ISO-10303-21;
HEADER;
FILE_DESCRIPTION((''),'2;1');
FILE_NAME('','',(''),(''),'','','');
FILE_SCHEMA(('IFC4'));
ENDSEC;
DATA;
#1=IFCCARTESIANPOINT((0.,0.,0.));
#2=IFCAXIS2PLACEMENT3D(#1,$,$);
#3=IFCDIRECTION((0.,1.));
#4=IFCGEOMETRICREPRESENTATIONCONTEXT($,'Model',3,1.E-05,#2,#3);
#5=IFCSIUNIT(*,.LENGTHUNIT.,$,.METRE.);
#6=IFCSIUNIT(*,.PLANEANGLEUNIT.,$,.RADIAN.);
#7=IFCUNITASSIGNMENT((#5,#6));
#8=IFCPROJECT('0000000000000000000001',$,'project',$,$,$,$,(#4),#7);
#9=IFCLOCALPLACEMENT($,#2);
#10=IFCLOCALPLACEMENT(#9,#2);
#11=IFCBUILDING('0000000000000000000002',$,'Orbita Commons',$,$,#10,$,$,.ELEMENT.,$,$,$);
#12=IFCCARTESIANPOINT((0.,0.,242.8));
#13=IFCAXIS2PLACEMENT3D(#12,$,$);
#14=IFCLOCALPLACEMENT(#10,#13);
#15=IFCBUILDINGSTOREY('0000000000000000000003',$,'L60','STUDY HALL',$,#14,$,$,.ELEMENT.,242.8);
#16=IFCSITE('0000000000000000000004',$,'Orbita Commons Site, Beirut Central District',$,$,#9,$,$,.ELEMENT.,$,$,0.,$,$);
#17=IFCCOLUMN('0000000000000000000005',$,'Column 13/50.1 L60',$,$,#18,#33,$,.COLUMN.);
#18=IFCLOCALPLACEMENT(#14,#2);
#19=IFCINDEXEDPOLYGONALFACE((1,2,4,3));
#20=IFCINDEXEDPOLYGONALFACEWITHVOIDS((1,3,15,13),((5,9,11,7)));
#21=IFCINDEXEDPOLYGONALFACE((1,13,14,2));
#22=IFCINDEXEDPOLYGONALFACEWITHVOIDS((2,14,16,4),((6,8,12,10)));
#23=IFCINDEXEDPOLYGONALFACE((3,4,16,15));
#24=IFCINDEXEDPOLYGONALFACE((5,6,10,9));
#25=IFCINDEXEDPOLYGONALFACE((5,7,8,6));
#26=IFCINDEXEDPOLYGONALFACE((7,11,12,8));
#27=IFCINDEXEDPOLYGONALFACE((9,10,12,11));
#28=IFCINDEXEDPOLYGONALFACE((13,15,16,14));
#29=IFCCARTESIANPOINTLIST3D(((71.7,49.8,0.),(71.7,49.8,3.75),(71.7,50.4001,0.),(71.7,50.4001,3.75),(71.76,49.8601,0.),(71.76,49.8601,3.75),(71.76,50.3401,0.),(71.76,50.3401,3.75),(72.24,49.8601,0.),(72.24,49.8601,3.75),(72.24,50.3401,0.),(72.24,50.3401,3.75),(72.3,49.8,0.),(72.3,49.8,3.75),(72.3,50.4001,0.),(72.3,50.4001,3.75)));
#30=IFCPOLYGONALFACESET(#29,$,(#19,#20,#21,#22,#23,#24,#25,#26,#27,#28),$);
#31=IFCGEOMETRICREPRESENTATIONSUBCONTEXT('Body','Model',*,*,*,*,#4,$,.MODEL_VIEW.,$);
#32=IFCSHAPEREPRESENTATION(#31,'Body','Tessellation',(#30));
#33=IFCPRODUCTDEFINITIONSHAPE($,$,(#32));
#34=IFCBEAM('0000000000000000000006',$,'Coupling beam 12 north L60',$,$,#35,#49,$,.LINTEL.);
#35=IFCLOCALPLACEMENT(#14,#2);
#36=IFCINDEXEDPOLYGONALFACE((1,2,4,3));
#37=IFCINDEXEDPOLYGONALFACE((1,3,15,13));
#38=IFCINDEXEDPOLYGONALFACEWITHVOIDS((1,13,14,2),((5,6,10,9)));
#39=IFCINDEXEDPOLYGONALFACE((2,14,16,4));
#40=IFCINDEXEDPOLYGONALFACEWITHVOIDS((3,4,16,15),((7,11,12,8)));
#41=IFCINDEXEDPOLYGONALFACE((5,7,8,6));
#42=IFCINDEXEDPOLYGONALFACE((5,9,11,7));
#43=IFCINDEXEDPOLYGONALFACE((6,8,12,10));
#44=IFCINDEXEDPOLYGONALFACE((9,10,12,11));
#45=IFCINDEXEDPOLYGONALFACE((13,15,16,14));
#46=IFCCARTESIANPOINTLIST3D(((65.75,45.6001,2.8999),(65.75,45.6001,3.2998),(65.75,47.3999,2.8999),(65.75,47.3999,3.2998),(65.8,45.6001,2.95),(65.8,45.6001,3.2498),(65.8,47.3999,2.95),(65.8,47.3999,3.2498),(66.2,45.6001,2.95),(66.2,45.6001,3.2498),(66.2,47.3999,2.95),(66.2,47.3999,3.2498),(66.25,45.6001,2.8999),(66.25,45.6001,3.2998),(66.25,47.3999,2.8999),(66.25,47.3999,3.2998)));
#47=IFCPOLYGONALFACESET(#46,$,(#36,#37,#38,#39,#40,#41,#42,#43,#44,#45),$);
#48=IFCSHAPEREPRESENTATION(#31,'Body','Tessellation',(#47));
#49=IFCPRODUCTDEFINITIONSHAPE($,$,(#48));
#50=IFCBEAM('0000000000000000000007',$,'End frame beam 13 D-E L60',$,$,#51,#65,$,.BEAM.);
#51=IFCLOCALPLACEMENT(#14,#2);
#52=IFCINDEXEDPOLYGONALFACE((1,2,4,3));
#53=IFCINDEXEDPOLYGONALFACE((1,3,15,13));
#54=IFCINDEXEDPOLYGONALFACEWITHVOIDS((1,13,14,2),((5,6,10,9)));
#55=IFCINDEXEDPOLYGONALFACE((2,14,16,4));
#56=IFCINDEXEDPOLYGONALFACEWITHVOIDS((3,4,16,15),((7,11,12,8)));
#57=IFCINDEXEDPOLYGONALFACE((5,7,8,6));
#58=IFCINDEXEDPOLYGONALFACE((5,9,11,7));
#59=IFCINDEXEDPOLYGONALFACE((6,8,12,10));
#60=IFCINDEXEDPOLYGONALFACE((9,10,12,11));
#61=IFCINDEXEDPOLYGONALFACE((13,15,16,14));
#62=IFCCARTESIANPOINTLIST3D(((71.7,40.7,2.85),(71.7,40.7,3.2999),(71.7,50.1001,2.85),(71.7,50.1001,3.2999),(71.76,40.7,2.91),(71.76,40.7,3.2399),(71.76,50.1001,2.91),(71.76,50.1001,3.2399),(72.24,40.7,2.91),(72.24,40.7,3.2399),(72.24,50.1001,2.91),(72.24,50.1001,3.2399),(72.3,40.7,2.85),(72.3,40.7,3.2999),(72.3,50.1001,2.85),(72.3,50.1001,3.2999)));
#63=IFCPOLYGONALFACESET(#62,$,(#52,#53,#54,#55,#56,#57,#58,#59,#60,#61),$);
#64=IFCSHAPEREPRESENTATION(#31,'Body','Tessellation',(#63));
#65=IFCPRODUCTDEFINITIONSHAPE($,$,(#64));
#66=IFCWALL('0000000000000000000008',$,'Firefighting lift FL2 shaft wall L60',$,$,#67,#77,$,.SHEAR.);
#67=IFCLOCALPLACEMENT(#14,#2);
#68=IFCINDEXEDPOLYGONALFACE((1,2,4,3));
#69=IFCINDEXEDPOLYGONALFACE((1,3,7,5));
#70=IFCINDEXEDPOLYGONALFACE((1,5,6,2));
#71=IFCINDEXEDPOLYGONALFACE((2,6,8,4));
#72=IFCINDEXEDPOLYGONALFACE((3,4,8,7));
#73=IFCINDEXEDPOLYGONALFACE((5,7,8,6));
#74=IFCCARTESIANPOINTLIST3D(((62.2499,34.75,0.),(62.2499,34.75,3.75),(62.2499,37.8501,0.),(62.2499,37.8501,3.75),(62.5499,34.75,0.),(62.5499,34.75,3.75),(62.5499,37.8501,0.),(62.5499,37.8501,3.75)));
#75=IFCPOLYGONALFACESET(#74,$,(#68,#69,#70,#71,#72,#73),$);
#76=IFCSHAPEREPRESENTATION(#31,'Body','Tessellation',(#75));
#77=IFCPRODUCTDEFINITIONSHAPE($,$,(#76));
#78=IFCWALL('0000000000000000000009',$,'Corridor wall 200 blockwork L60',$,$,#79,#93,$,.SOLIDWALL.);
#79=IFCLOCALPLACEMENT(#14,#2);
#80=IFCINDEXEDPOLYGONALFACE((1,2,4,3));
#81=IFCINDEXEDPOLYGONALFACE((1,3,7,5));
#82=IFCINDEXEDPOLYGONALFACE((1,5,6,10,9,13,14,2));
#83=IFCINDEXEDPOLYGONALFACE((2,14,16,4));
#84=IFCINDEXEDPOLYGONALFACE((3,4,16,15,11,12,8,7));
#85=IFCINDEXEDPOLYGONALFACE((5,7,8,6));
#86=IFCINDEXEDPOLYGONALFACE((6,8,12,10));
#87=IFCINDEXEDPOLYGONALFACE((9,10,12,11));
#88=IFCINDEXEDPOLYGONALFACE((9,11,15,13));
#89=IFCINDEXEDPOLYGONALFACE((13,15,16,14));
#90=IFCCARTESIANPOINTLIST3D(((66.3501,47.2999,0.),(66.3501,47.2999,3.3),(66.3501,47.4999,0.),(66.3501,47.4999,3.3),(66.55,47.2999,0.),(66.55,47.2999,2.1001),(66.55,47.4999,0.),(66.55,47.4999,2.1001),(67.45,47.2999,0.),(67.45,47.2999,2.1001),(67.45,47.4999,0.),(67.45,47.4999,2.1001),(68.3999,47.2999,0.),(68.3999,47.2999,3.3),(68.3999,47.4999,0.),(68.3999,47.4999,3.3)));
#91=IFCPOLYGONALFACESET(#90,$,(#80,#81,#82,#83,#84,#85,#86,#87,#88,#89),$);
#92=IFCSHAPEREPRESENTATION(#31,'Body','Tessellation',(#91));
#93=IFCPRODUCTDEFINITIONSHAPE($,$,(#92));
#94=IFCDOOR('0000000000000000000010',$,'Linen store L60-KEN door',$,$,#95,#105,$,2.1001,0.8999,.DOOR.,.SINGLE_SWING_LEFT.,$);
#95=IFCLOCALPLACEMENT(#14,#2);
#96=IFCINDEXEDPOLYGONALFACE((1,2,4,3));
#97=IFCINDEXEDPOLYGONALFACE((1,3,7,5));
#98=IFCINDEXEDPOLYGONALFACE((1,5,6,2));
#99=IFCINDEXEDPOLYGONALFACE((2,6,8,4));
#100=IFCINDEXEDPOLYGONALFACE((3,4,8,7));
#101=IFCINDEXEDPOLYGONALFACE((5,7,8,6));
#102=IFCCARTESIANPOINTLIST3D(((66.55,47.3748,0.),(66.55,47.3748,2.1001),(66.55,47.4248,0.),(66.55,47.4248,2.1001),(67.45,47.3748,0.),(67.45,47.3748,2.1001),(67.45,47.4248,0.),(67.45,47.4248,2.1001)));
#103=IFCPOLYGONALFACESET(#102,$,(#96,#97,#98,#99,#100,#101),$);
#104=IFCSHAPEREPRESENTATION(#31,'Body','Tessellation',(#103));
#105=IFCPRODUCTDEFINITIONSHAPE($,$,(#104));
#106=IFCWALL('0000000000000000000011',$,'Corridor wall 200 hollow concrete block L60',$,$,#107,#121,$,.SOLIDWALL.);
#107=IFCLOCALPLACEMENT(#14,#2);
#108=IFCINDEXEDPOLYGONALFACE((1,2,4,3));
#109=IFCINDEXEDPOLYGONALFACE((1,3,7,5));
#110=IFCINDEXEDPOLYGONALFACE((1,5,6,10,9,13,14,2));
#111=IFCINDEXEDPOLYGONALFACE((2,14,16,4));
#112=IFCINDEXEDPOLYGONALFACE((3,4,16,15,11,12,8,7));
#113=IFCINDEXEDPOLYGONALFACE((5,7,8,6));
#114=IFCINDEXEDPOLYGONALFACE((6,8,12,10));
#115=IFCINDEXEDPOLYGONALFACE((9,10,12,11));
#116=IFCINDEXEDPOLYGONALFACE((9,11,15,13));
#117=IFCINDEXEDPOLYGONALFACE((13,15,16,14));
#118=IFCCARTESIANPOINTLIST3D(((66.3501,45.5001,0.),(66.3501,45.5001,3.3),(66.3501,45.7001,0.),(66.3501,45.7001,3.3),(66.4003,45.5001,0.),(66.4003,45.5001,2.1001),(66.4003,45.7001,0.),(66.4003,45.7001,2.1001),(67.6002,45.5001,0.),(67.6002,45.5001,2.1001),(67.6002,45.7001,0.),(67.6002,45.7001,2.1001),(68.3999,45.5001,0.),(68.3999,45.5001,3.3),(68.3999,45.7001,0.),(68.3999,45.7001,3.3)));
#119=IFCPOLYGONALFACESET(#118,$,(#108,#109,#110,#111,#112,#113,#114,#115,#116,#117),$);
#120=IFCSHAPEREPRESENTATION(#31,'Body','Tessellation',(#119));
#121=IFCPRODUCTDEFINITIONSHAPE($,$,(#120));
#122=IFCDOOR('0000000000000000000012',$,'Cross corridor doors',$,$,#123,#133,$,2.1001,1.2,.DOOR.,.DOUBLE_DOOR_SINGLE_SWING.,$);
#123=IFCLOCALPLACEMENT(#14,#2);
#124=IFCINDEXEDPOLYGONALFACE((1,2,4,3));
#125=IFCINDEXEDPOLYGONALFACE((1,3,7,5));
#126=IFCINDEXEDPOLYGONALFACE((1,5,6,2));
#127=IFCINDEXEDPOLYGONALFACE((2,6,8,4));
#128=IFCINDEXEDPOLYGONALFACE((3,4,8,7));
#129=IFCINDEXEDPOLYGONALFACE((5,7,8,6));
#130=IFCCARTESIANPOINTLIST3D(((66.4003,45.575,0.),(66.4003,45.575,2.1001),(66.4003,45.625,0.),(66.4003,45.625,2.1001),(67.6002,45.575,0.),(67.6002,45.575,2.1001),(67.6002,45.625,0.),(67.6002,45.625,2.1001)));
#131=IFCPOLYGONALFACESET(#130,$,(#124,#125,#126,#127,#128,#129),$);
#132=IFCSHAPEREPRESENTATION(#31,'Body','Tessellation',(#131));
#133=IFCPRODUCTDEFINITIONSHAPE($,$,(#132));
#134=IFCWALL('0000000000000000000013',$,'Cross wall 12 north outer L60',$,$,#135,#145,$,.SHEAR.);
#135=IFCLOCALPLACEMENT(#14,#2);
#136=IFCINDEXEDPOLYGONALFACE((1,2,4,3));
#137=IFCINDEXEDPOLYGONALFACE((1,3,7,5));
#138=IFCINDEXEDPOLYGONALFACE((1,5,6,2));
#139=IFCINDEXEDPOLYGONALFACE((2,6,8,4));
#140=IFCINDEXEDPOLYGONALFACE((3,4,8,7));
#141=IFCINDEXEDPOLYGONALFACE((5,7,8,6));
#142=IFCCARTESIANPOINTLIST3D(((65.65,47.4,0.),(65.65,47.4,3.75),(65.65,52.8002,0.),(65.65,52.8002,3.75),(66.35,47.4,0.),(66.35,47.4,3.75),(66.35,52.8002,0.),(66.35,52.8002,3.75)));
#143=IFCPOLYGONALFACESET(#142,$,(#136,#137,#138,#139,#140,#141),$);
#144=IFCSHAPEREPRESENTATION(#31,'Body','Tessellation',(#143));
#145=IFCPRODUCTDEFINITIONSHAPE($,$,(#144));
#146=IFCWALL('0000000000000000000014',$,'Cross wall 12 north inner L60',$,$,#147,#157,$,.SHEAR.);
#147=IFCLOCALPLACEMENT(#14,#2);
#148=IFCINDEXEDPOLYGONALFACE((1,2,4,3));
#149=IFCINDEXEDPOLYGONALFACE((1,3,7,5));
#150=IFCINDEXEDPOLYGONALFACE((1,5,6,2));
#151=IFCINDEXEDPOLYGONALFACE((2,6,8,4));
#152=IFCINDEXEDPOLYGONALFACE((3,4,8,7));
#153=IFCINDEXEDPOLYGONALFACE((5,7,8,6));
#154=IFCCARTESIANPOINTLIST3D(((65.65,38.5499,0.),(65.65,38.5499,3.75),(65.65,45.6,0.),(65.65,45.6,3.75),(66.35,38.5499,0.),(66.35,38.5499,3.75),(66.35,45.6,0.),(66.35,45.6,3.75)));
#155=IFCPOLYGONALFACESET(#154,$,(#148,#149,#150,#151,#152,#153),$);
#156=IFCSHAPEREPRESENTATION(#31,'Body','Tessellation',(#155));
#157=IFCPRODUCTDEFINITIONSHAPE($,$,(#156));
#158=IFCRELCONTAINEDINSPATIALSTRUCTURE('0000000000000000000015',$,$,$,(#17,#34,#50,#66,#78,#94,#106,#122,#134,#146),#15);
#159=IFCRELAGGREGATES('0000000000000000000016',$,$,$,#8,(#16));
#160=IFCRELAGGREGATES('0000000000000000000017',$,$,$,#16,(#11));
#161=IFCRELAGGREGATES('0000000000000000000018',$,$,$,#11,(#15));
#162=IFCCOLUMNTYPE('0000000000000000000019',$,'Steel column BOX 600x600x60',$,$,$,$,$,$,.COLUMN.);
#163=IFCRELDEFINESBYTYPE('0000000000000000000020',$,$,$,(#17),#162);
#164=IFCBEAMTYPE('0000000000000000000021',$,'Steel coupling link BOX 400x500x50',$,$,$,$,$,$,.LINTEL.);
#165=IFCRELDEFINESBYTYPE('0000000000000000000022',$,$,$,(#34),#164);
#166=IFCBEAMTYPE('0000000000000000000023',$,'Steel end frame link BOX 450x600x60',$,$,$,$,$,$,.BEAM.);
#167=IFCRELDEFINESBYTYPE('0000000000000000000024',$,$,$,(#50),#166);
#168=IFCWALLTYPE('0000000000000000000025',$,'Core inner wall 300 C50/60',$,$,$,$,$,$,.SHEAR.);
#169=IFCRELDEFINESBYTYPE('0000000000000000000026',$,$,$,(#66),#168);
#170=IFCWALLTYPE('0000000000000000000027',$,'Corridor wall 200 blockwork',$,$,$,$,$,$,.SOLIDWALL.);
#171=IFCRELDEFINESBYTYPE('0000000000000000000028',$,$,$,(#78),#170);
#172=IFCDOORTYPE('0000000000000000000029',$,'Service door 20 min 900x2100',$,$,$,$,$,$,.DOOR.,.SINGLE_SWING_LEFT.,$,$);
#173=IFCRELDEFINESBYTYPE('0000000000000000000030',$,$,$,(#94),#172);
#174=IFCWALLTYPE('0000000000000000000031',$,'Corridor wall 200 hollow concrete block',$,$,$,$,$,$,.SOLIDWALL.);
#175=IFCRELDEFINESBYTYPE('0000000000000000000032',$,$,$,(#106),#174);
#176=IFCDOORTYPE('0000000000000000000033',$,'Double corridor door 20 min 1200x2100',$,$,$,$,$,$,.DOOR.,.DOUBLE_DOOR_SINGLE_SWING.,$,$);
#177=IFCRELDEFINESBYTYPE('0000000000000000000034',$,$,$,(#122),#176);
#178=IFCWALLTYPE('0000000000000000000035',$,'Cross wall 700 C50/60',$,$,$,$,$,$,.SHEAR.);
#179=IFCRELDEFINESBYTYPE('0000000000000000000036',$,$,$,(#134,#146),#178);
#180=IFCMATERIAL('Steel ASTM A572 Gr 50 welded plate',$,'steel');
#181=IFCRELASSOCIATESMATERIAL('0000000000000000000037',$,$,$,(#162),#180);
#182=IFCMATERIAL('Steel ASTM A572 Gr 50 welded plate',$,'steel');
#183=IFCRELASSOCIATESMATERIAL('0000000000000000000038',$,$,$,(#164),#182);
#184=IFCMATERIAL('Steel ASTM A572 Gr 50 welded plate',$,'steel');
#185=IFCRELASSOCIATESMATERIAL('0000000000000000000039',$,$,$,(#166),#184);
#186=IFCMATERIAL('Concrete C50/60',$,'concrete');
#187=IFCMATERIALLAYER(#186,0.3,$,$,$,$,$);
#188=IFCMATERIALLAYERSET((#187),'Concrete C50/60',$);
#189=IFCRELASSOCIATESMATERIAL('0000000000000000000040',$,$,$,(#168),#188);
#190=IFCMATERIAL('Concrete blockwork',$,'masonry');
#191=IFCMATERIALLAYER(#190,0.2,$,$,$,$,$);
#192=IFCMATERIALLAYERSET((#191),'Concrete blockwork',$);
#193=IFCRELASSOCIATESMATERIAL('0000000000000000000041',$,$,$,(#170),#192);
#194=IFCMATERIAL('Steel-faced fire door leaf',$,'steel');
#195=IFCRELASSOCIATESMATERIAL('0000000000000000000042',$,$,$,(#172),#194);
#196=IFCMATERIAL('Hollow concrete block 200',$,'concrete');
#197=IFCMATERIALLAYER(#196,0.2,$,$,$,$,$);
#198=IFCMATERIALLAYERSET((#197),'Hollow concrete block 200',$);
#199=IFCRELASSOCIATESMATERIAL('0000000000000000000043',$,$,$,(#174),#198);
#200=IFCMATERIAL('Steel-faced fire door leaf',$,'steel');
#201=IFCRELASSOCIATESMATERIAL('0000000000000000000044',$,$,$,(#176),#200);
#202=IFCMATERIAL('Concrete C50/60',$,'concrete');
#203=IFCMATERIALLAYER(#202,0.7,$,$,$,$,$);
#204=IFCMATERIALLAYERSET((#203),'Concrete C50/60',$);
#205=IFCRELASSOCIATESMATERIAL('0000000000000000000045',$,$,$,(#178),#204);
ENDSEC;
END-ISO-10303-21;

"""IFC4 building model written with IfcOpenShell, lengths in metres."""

from ifc_helpers import new_model, si_unit, direction, frame, frame_2d, origin, origin_2d, place, context, subcontext, project, spatial, rectangle, hollow_rectangle, extrude, material, layer, layer_set, material_profile, profile_set, type_object, element, fill, save


model = new_model("IFC4")

# Units and contexts
model_context = context("Model", 3, precision=1e-05, world=origin(), true_north=direction((0.0, 1.0)))
body_context = subcontext(model_context, "Body", "Model", "MODEL_VIEW")
ifc_project = project(units=[si_unit("LENGTHUNIT", "METRE"), si_unit("PLANEANGLEUNIT", "RADIAN")], contexts=[model_context])

# Site, building, storey
site_placement = place(None, origin())
site = spatial("IfcSite", under=ifc_project, at=site_placement, Name="Orbita Commons Site, Beirut Central District", CompositionType="ELEMENT", RefElevation=0.0)
building_placement = place(site_placement, origin())
building = spatial("IfcBuilding", under=site, at=building_placement, Name="Orbita Commons", CompositionType="ELEMENT")
storey_placement = place(building_placement, frame((0.0, 0.0, 242.8)))
storey = spatial("IfcBuildingStorey", under=building, at=storey_placement, Name="L60", Description="STUDY HALL", CompositionType="ELEMENT", Elevation=242.8)

# Column
ifc_material_1 = material(Name="Steel ASTM A572 Gr 50 welded plate", Category="steel")
ifc_material_profile_1 = material_profile(ifc_material_1, hollow_rectangle(XDim=0.6001, YDim=0.6001, WallThickness=0.0601, at=origin_2d()), Name="BOX 600x600x60")
ifc_profile_set_1 = profile_set([ifc_material_profile_1], Name="Steel ASTM A572 Gr 50 welded plate")
column_type = type_object("IfcColumnType", Name="Steel column BOX 600x600x60", PredefinedType="COLUMN", material=ifc_profile_set_1)
column_placement = place(storey_placement, frame((72.0, 50.1001, 0.0), z_axis=(0.0, 0.0, 1.0), x_axis=(1.0, 0.0, 0.0)))
element("IfcColumn", 1, at=column_placement, inside=storey, type_object=column_type, Name="Column 13/50.1 L60", PredefinedType="COLUMN", context=body_context, shape_type="SweptSolid", body=[
    extrude(hollow_rectangle(XDim=0.6001, YDim=0.6001, WallThickness=0.0601, at=origin_2d()), origin(), (0.0, 0.0, 1.0), 3.75),
])

# Beams
ifc_material_2 = material(Name="Steel ASTM A572 Gr 50 welded plate", Category="steel")
ifc_material_profile_2 = material_profile(ifc_material_2, hollow_rectangle(XDim=0.5, YDim=0.3999, WallThickness=0.05, at=origin_2d()), Name="BOX 400x500x50")
ifc_profile_set_2 = profile_set([ifc_material_profile_2], Name="Steel ASTM A572 Gr 50 welded plate")
beam_type_1 = type_object("IfcBeamType", Name="Steel coupling link BOX 400x500x50", PredefinedType="LINTEL", material=ifc_profile_set_2)
beam_1_placement = place(storey_placement, frame((66.0, 45.6001, 3.0999), z_axis=(0.0, 1.0, 0.0), x_axis=(-1.0, 0.0, 0.0)))
element("IfcBeam", 2, at=beam_1_placement, inside=storey, type_object=beam_type_1, Name="Coupling beam 12 north L60", PredefinedType="LINTEL", context=body_context, shape_type="SweptSolid", body=[
    extrude(hollow_rectangle(XDim=0.5, YDim=0.3999, WallThickness=0.05, at=origin_2d()), origin(), (0.0, 0.0, 1.0), 1.7998),
])
ifc_material_3 = material(Name="Steel ASTM A572 Gr 50 welded plate", Category="steel")
ifc_material_profile_3 = material_profile(ifc_material_3, hollow_rectangle(XDim=0.6001, YDim=0.45, WallThickness=0.0601, at=origin_2d()), Name="BOX 450x600x60")
ifc_profile_set_3 = profile_set([ifc_material_profile_3], Name="Steel ASTM A572 Gr 50 welded plate")
beam_type_2 = type_object("IfcBeamType", Name="Steel end frame link BOX 450x600x60", PredefinedType="BEAM", material=ifc_profile_set_3)
beam_2_placement = place(storey_placement, frame((72.0, 40.7, 3.075), z_axis=(0.0, 1.0, 0.0), x_axis=(-1.0, 0.0, 0.0)))
element("IfcBeam", 3, at=beam_2_placement, inside=storey, type_object=beam_type_2, Name="End frame beam 13 D-E L60", PredefinedType="BEAM", context=body_context, shape_type="SweptSolid", body=[
    extrude(hollow_rectangle(XDim=0.6001, YDim=0.45, WallThickness=0.0601, at=origin_2d()), origin(), (0.0, 0.0, 1.0), 9.4001),
])

# Wall
ifc_material_4 = material(Name="Concrete C50/60", Category="concrete")
ifc_layer_1 = layer(ifc_material_4, 0.3)
ifc_layer_set_1 = layer_set([ifc_layer_1], Name="Concrete C50/60")
wall_type_1 = type_object("IfcWallType", Name="Core inner wall 300 C50/60", PredefinedType="SHEAR", material=ifc_layer_set_1)
wall_1_placement = place(storey_placement, frame((62.3999, 34.75, 0.0), z_axis=(0.0, 0.0, 1.0), x_axis=(0.0, 1.0, 0.0)))
element("IfcWall", 4, at=wall_1_placement, inside=storey, type_object=wall_type_1, Name="Firefighting lift FL2 shaft wall L60", PredefinedType="SHEAR", context=body_context, shape_type="SweptSolid", body=[
    extrude(rectangle(XDim=3.1001, YDim=0.3, at=frame_2d((1.55, 0.0))), origin(), (0.0, 0.0, 1.0), 3.75),
])

# Walls, openings, doors
ifc_material_5 = material(Name="Concrete blockwork", Category="masonry")
ifc_layer_2 = layer(ifc_material_5, 0.2)
ifc_layer_set_2 = layer_set([ifc_layer_2], Name="Concrete blockwork")
wall_type_2 = type_object("IfcWallType", Name="Corridor wall 200 blockwork", PredefinedType="SOLIDWALL", material=ifc_layer_set_2)
wall_2_placement = place(storey_placement, frame((66.3501, 47.3999, 0.0), z_axis=(0.0, 0.0, 1.0), x_axis=(1.0, 0.0, 0.0)))
wall_2 = element("IfcWall", 5, at=wall_2_placement, inside=storey, type_object=wall_type_2, Name="Corridor wall 200 blockwork L60", PredefinedType="SOLIDWALL", context=body_context, shape_type="SweptSolid", body=[
    extrude(rectangle(XDim=2.0498, YDim=0.2, at=frame_2d((1.0249, 0.0))), origin(), (0.0, 0.0, 1.0), 3.3),
])
opening_1_placement = place(wall_2_placement, frame((0.2, 0.0, 0.0)))
opening_1 = element("IfcOpeningElement", 6, at=opening_1_placement, cuts=wall_2, PredefinedType="OPENING", context=body_context, shape_type="SweptSolid", body=[
    extrude(rectangle(XDim=0.8999, YDim=2.1001, at=frame_2d((0.45, 1.05))), frame((0.0, 0.1099, 0.0), z_axis=(0.0, -1.0, 0.0), x_axis=(1.0, 0.0, 0.0)), (0.0, 0.0, 1.0), 0.22),
])
ifc_material_6 = material(Name="Steel-faced fire door leaf", Category="steel")
door_type_1 = type_object("IfcDoorType", Name="Service door 20 min 900x2100", OperationType="SINGLE_SWING_LEFT", PredefinedType="DOOR", material=ifc_material_6)
door_1_placement = place(opening_1_placement, origin())
door_1 = element("IfcDoor", 7, at=door_1_placement, inside=storey, type_object=door_type_1, Name="Linen store L60-KEN door", OperationType="SINGLE_SWING_LEFT", OverallHeight=2.1001, OverallWidth=0.8999, PredefinedType="DOOR", context=body_context, shape_type="SweptSolid", body=[
    extrude(rectangle(XDim=0.8999, YDim=2.1001, at=frame_2d((0.45, 1.05))), frame((0.0, 0.0249, 0.0), z_axis=(0.0, -1.0, 0.0), x_axis=(1.0, 0.0, 0.0)), (0.0, 0.0, 1.0), 0.05),
])
fill(opening_1, door_1)
ifc_material_7 = material(Name="Hollow concrete block 200", Category="concrete")
ifc_layer_3 = layer(ifc_material_7, 0.2)
ifc_layer_set_3 = layer_set([ifc_layer_3], Name="Hollow concrete block 200")
wall_type_3 = type_object("IfcWallType", Name="Corridor wall 200 hollow concrete block", PredefinedType="SOLIDWALL", material=ifc_layer_set_3)
wall_3_placement = place(storey_placement, frame((66.3501, 45.6001, 0.0), z_axis=(0.0, 0.0, 1.0), x_axis=(1.0, 0.0, 0.0)))
wall_3 = element("IfcWall", 8, at=wall_3_placement, inside=storey, type_object=wall_type_3, Name="Corridor wall 200 hollow concrete block L60", PredefinedType="SOLIDWALL", context=body_context, shape_type="SweptSolid", body=[
    extrude(rectangle(XDim=2.0498, YDim=0.2, at=frame_2d((1.0249, 0.0))), origin(), (0.0, 0.0, 1.0), 3.3),
])
opening_2_placement = place(wall_3_placement, frame((0.05, 0.0, 0.0)))
opening_2 = element("IfcOpeningElement", 9, at=opening_2_placement, cuts=wall_3, PredefinedType="OPENING", context=body_context, shape_type="SweptSolid", body=[
    extrude(rectangle(XDim=1.2, YDim=2.1001, at=frame_2d((0.6001, 1.05))), frame((0.0, 0.1099, 0.0), z_axis=(0.0, -1.0, 0.0), x_axis=(1.0, 0.0, 0.0)), (0.0, 0.0, 1.0), 0.22),
])
ifc_material_8 = material(Name="Steel-faced fire door leaf", Category="steel")
door_type_2 = type_object("IfcDoorType", Name="Double corridor door 20 min 1200x2100", OperationType="DOUBLE_DOOR_SINGLE_SWING", PredefinedType="DOOR", material=ifc_material_8)
door_2_placement = place(opening_2_placement, origin())
door_2 = element("IfcDoor", 10, at=door_2_placement, inside=storey, type_object=door_type_2, Name="Cross corridor doors", OperationType="DOUBLE_DOOR_SINGLE_SWING", OverallHeight=2.1001, OverallWidth=1.2, PredefinedType="DOOR", context=body_context, shape_type="SweptSolid", body=[
    extrude(rectangle(XDim=1.2, YDim=2.1001, at=frame_2d((0.6001, 1.05))), frame((0.0, 0.0249, 0.0), z_axis=(0.0, -1.0, 0.0), x_axis=(1.0, 0.0, 0.0)), (0.0, 0.0, 1.0), 0.05),
])
fill(opening_2, door_2)

# Walls
ifc_material_9 = material(Name="Concrete C50/60", Category="concrete")
ifc_layer_4 = layer(ifc_material_9, 0.7)
ifc_layer_set_4 = layer_set([ifc_layer_4], Name="Concrete C50/60")
wall_type_4 = type_object("IfcWallType", Name="Cross wall 700 C50/60", PredefinedType="SHEAR", material=ifc_layer_set_4)
wall_4_placement = place(storey_placement, frame((66.0, 47.3999, 0.0), z_axis=(0.0, 0.0, 1.0), x_axis=(0.0, 1.0, 0.0)))
element("IfcWall", 11, at=wall_4_placement, inside=storey, type_object=wall_type_4, Name="Cross wall 12 north outer L60", PredefinedType="SHEAR", context=body_context, shape_type="SweptSolid", body=[
    extrude(rectangle(XDim=5.4001, YDim=0.7, at=frame_2d((2.7002, 0.0))), origin(), (0.0, 0.0, 1.0), 3.75),
])
wall_5_placement = place(storey_placement, frame((66.0, 38.55, 0.0), z_axis=(0.0, 0.0, 1.0), x_axis=(0.0, 1.0, 0.0)))
element("IfcWall", 12, at=wall_5_placement, inside=storey, type_object=wall_type_4, Name="Cross wall 12 north inner L60", PredefinedType="SHEAR", context=body_context, shape_type="SweptSolid", body=[
    extrude(rectangle(XDim=7.05, YDim=0.7, at=frame_2d((3.5249, 0.0))), origin(), (0.0, 0.0, 1.0), 3.75),
])

save(model, "model.ifc")
